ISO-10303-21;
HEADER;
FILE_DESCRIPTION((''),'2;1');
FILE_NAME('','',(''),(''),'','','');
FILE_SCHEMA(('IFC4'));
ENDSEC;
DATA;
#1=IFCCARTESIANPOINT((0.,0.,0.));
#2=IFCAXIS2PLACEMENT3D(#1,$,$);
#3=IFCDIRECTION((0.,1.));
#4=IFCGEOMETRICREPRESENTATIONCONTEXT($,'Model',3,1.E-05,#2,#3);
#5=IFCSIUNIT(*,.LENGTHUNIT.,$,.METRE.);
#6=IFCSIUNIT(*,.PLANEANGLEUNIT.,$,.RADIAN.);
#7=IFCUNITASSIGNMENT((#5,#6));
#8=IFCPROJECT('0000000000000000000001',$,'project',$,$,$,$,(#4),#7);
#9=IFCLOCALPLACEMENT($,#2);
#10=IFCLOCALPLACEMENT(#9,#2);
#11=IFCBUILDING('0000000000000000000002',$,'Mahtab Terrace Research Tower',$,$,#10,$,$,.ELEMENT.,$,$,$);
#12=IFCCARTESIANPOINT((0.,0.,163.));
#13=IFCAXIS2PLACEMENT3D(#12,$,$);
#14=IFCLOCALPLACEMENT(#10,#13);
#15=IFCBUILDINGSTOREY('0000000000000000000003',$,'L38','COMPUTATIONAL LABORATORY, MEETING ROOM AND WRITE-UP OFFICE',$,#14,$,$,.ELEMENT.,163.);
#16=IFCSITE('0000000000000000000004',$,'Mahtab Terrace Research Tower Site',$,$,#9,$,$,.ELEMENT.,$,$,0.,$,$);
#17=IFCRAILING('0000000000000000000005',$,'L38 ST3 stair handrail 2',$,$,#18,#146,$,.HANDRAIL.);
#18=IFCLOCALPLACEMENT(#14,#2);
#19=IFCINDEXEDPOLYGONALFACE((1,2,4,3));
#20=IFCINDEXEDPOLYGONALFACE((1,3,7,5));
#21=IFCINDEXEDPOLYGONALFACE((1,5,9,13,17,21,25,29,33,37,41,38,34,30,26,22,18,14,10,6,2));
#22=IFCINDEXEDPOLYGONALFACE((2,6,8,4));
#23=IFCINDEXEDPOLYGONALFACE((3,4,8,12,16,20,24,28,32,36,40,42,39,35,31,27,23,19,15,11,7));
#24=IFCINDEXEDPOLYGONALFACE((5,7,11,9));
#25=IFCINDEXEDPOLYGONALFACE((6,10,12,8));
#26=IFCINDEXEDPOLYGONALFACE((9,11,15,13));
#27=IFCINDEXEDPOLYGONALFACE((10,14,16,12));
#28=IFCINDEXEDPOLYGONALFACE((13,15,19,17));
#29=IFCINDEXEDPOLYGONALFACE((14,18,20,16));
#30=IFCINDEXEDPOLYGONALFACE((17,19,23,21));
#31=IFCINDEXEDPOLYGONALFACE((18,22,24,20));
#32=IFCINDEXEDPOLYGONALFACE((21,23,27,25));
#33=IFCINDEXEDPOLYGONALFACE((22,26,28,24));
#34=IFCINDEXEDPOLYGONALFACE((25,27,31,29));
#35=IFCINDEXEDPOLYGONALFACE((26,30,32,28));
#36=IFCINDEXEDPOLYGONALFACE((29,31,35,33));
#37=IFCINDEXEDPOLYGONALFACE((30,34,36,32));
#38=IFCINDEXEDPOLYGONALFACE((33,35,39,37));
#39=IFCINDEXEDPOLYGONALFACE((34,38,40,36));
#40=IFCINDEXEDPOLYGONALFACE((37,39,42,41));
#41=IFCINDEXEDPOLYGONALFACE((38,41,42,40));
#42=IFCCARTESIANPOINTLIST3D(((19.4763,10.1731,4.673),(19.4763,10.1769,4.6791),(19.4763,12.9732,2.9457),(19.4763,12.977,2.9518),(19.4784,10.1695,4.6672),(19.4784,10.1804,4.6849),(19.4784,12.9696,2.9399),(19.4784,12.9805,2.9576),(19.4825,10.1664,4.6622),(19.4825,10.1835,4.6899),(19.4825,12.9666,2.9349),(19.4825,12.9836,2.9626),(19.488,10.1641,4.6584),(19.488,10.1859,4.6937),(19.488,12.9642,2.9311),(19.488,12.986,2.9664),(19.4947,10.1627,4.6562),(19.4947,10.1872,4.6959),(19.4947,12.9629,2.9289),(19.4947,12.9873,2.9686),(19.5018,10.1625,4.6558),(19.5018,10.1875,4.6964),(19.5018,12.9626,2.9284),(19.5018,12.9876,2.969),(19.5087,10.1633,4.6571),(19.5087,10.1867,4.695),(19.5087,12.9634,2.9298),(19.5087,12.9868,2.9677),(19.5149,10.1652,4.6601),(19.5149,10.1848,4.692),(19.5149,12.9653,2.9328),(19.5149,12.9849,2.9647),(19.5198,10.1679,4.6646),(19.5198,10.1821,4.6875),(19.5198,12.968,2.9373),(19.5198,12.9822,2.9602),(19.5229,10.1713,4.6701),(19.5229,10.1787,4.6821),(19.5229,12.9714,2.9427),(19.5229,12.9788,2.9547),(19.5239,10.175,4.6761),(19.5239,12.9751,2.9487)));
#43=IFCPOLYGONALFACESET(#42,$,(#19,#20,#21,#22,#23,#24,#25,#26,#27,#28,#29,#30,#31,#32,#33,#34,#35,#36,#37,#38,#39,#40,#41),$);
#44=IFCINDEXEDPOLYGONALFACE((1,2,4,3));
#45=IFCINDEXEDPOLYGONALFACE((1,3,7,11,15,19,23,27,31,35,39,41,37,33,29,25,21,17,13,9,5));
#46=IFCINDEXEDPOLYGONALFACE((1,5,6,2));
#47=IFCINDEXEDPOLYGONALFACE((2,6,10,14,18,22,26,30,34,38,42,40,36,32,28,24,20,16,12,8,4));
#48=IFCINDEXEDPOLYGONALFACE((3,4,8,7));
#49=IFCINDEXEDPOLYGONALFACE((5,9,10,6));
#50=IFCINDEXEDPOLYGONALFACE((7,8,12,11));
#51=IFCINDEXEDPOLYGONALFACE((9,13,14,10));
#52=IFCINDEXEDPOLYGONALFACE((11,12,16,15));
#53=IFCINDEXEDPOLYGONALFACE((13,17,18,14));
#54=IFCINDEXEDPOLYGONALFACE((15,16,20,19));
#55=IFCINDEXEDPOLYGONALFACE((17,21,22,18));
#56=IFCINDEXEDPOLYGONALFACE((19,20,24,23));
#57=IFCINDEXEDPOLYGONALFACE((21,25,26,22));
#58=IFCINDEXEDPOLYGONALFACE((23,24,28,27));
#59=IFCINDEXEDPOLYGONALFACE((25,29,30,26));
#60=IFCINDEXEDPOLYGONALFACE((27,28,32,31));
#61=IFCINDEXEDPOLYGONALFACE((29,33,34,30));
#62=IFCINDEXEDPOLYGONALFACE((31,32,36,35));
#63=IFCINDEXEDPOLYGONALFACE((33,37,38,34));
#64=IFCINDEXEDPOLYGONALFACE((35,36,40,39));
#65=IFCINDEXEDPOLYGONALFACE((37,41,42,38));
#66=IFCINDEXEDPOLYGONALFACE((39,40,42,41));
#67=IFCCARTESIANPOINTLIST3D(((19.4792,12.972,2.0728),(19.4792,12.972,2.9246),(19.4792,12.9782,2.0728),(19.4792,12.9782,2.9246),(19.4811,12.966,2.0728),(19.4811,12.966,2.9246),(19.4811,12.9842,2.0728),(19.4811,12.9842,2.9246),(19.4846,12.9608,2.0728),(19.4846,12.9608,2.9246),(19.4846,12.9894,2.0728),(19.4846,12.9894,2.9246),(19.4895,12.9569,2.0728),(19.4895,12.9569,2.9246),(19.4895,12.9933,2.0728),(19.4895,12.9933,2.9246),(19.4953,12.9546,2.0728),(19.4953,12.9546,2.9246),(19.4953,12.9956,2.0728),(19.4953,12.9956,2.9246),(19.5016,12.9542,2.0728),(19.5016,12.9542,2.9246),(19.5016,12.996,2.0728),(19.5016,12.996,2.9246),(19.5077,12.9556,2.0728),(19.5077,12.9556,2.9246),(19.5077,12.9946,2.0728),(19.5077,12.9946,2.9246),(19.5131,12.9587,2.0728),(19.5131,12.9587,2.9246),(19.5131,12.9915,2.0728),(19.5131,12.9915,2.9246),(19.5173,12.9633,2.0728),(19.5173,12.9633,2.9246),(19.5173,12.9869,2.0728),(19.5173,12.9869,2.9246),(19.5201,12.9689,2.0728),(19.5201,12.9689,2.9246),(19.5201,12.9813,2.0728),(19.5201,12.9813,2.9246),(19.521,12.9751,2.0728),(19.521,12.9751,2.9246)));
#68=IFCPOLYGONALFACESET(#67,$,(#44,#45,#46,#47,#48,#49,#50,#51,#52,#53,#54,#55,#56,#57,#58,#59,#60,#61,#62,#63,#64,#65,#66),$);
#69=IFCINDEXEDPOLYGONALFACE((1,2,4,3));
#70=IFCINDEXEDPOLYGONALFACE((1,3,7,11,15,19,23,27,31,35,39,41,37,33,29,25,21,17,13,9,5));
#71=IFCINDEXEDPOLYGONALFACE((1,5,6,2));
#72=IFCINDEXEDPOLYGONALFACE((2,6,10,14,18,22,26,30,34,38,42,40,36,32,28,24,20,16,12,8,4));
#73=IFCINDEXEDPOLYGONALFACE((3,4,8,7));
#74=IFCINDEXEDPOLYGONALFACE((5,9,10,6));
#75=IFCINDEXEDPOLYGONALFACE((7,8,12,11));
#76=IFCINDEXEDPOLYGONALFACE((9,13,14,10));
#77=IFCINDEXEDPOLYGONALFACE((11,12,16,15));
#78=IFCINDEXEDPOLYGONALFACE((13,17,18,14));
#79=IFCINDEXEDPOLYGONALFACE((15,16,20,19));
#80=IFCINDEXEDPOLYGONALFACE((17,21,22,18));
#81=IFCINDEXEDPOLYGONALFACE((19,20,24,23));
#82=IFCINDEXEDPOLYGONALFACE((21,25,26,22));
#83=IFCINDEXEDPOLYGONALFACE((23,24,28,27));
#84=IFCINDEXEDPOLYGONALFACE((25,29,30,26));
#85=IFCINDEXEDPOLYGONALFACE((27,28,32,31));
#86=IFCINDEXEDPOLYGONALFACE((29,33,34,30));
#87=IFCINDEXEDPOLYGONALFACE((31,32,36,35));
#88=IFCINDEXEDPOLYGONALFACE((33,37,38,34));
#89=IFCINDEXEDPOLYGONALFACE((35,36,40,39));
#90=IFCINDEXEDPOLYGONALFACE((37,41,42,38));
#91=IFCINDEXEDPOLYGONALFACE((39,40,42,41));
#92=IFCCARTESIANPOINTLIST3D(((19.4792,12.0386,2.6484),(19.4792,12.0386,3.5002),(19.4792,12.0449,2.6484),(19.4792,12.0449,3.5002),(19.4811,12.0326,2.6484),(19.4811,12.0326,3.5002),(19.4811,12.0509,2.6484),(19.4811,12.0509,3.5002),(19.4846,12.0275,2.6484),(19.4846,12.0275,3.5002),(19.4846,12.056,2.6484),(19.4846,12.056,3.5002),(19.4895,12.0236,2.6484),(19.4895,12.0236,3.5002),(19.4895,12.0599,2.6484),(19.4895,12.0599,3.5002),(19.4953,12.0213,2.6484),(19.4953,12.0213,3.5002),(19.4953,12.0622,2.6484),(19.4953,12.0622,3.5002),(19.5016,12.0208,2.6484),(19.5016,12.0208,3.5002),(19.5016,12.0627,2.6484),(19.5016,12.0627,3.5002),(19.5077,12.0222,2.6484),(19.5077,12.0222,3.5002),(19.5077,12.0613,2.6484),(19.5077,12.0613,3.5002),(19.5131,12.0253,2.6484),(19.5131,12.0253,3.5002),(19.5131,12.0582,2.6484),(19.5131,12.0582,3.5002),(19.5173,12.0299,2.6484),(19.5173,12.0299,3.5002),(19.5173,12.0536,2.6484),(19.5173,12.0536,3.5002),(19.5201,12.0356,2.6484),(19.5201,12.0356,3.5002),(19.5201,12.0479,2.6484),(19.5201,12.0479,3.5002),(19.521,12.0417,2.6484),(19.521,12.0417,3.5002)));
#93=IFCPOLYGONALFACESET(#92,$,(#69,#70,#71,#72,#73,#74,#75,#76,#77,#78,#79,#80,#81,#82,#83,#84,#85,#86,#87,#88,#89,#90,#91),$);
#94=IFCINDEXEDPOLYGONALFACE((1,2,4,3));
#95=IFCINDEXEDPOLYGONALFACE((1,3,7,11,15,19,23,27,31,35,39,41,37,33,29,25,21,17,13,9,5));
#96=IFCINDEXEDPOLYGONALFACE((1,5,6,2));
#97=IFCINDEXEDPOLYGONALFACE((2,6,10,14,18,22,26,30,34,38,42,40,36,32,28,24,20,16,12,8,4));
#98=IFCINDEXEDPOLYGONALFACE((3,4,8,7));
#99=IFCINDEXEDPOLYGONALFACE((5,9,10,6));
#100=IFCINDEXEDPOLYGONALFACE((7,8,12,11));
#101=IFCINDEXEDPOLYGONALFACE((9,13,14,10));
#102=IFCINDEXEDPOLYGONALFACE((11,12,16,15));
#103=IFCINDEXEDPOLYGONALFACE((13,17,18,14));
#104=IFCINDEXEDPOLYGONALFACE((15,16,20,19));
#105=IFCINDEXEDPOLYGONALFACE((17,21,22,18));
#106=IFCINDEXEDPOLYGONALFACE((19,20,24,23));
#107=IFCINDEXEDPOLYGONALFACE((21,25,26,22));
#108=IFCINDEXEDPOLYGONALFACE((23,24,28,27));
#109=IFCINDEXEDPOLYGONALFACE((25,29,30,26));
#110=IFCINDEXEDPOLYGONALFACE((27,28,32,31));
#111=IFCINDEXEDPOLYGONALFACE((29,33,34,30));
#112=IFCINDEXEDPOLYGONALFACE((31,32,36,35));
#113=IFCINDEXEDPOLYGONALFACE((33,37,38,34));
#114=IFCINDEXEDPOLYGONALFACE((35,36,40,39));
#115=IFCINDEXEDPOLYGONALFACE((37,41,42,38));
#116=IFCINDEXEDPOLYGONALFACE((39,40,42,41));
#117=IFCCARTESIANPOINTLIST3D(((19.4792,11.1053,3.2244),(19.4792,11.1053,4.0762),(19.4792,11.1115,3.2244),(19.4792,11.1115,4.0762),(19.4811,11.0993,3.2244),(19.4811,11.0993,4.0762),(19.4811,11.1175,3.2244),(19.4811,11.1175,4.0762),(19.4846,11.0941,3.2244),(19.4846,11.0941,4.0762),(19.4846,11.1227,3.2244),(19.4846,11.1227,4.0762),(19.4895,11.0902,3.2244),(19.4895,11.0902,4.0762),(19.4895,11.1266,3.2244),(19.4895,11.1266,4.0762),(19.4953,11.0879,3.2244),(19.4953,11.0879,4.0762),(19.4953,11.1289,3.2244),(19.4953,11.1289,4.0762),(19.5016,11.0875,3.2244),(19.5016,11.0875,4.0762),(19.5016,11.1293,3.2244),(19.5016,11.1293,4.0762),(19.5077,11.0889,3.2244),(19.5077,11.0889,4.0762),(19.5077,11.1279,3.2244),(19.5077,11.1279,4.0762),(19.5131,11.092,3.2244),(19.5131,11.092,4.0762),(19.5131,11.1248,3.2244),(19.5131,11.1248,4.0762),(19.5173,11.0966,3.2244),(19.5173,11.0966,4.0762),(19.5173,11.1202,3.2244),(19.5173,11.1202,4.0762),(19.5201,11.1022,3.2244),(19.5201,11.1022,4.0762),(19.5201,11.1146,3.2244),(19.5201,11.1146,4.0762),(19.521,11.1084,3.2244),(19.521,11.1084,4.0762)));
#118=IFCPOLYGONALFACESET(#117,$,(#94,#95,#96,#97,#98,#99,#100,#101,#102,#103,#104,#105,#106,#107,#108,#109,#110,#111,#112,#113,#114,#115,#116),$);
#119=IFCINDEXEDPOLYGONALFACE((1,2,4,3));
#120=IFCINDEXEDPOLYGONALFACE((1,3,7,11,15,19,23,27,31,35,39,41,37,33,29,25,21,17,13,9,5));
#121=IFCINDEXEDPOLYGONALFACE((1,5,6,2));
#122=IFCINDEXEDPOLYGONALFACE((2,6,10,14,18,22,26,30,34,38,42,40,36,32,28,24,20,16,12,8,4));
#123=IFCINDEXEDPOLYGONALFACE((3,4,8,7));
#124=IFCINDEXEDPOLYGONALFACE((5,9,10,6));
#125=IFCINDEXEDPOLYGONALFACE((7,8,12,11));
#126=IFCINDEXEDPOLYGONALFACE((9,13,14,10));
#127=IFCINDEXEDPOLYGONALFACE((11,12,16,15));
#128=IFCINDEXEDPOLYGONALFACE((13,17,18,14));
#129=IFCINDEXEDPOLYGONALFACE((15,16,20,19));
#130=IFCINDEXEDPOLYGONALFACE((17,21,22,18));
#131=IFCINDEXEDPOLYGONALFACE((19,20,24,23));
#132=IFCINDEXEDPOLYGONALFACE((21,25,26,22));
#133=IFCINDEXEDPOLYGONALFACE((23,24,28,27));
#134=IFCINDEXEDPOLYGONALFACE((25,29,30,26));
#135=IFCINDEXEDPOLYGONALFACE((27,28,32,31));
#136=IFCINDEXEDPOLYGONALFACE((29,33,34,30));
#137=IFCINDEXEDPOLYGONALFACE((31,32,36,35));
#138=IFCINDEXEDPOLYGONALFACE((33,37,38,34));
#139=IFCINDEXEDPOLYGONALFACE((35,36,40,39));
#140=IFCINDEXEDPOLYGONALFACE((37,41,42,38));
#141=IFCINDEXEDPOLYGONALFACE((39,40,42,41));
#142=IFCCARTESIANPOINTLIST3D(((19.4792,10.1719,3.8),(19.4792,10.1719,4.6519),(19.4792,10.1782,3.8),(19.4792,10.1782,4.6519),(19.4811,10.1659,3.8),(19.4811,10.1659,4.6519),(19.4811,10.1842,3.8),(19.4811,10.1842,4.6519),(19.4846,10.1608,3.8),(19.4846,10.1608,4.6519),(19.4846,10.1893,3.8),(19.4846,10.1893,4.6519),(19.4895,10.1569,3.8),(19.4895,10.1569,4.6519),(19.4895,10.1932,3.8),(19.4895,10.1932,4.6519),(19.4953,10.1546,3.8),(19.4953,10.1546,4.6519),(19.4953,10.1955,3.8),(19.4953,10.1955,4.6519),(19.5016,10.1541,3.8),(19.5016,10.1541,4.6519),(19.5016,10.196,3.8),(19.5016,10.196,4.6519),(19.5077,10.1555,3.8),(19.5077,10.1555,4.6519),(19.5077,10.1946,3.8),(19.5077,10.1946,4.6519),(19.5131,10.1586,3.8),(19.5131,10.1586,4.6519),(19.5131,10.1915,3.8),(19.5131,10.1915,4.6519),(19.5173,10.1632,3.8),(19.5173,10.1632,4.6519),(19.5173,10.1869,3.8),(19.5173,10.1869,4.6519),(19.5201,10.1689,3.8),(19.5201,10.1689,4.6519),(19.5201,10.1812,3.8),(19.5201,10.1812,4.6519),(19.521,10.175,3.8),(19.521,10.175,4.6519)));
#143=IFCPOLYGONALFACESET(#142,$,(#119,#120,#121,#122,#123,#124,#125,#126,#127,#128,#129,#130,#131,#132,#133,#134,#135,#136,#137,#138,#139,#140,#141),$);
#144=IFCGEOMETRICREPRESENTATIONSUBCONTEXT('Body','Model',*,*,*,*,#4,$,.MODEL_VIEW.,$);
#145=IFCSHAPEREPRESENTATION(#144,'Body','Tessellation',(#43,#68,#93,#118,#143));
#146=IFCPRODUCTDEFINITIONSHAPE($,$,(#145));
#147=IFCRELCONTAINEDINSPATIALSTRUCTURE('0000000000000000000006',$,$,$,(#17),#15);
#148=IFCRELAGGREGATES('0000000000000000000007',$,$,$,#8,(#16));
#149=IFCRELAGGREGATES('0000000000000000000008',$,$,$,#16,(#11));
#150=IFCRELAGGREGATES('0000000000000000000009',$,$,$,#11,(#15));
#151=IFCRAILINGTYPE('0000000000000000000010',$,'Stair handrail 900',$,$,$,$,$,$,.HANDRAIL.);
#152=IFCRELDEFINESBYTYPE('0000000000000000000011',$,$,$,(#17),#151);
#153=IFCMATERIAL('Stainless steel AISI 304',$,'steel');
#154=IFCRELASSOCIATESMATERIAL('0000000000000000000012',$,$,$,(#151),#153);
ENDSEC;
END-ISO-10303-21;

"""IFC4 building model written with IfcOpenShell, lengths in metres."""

from ifc_helpers import new_model, si_unit, direction, frame, origin, origin_2d, place, context, subcontext, project, spatial, circle, extrude, material, type_object, element, save


model = new_model("IFC4")

# Units and contexts
model_context = context("Model", 3, precision=1e-05, world=origin(), true_north=direction((0.0, 1.0)))
body_context = subcontext(model_context, "Body", "Model", "MODEL_VIEW")
ifc_project = project(units=[si_unit("LENGTHUNIT", "METRE"), si_unit("PLANEANGLEUNIT", "RADIAN")], contexts=[model_context])

# Site, building, storey
site_placement = place(None, origin())
site = spatial("IfcSite", under=ifc_project, at=site_placement, Name="Mahtab Terrace Research Tower Site", CompositionType="ELEMENT", RefElevation=0.0)
building_placement = place(site_placement, origin())
building = spatial("IfcBuilding", under=site, at=building_placement, Name="Mahtab Terrace Research Tower", CompositionType="ELEMENT")
storey_placement = place(building_placement, frame((0.0, 0.0, 163.0)))
storey = spatial("IfcBuildingStorey", under=building, at=storey_placement, Name="L38", Description="COMPUTATIONAL LABORATORY, MEETING ROOM AND WRITE-UP OFFICE", CompositionType="ELEMENT", Elevation=163.0)

# Railing
ifc_material_1 = material(Name="Stainless steel AISI 304", Category="steel")
railing_type_1 = type_object("IfcRailingType", Name="Stair handrail 900", PredefinedType="HANDRAIL", material=ifc_material_1)
railing_1_placement = place(storey_placement, frame((19.5, 12.9751, 2.0728)))
element("IfcRailing", 1, at=railing_1_placement, inside=storey, type_object=railing_type_1, Name="L38 ST3 stair handrail 2", PredefinedType="HANDRAIL", context=body_context, shape_type="SweptSolid", body=[
    extrude(circle(Radius=0.0239, at=origin_2d()), frame((0.0, 0.0, 0.876), z_axis=(0.0, -0.85109, 0.52502), x_axis=(1.0, 0.0, 0.0)), (0.0, 0.0, 1.0), 3.29),
    extrude(circle(Radius=0.021, at=origin_2d()), origin(), (0.0, 0.0, 1.0), 0.8518),
    extrude(circle(Radius=0.021, at=origin_2d()), frame((0.0, -0.9333, 0.5757)), (0.0, 0.0, 1.0), 0.8518),
    extrude(circle(Radius=0.021, at=origin_2d()), frame((0.0, -1.8667, 1.1516)), (0.0, 0.0, 1.0), 0.8518),
    extrude(circle(Radius=0.021, at=origin_2d()), frame((0.0, -2.8, 1.7273)), (0.0, 0.0, 1.0), 0.8518),
])

save(model, "model.ifc")
